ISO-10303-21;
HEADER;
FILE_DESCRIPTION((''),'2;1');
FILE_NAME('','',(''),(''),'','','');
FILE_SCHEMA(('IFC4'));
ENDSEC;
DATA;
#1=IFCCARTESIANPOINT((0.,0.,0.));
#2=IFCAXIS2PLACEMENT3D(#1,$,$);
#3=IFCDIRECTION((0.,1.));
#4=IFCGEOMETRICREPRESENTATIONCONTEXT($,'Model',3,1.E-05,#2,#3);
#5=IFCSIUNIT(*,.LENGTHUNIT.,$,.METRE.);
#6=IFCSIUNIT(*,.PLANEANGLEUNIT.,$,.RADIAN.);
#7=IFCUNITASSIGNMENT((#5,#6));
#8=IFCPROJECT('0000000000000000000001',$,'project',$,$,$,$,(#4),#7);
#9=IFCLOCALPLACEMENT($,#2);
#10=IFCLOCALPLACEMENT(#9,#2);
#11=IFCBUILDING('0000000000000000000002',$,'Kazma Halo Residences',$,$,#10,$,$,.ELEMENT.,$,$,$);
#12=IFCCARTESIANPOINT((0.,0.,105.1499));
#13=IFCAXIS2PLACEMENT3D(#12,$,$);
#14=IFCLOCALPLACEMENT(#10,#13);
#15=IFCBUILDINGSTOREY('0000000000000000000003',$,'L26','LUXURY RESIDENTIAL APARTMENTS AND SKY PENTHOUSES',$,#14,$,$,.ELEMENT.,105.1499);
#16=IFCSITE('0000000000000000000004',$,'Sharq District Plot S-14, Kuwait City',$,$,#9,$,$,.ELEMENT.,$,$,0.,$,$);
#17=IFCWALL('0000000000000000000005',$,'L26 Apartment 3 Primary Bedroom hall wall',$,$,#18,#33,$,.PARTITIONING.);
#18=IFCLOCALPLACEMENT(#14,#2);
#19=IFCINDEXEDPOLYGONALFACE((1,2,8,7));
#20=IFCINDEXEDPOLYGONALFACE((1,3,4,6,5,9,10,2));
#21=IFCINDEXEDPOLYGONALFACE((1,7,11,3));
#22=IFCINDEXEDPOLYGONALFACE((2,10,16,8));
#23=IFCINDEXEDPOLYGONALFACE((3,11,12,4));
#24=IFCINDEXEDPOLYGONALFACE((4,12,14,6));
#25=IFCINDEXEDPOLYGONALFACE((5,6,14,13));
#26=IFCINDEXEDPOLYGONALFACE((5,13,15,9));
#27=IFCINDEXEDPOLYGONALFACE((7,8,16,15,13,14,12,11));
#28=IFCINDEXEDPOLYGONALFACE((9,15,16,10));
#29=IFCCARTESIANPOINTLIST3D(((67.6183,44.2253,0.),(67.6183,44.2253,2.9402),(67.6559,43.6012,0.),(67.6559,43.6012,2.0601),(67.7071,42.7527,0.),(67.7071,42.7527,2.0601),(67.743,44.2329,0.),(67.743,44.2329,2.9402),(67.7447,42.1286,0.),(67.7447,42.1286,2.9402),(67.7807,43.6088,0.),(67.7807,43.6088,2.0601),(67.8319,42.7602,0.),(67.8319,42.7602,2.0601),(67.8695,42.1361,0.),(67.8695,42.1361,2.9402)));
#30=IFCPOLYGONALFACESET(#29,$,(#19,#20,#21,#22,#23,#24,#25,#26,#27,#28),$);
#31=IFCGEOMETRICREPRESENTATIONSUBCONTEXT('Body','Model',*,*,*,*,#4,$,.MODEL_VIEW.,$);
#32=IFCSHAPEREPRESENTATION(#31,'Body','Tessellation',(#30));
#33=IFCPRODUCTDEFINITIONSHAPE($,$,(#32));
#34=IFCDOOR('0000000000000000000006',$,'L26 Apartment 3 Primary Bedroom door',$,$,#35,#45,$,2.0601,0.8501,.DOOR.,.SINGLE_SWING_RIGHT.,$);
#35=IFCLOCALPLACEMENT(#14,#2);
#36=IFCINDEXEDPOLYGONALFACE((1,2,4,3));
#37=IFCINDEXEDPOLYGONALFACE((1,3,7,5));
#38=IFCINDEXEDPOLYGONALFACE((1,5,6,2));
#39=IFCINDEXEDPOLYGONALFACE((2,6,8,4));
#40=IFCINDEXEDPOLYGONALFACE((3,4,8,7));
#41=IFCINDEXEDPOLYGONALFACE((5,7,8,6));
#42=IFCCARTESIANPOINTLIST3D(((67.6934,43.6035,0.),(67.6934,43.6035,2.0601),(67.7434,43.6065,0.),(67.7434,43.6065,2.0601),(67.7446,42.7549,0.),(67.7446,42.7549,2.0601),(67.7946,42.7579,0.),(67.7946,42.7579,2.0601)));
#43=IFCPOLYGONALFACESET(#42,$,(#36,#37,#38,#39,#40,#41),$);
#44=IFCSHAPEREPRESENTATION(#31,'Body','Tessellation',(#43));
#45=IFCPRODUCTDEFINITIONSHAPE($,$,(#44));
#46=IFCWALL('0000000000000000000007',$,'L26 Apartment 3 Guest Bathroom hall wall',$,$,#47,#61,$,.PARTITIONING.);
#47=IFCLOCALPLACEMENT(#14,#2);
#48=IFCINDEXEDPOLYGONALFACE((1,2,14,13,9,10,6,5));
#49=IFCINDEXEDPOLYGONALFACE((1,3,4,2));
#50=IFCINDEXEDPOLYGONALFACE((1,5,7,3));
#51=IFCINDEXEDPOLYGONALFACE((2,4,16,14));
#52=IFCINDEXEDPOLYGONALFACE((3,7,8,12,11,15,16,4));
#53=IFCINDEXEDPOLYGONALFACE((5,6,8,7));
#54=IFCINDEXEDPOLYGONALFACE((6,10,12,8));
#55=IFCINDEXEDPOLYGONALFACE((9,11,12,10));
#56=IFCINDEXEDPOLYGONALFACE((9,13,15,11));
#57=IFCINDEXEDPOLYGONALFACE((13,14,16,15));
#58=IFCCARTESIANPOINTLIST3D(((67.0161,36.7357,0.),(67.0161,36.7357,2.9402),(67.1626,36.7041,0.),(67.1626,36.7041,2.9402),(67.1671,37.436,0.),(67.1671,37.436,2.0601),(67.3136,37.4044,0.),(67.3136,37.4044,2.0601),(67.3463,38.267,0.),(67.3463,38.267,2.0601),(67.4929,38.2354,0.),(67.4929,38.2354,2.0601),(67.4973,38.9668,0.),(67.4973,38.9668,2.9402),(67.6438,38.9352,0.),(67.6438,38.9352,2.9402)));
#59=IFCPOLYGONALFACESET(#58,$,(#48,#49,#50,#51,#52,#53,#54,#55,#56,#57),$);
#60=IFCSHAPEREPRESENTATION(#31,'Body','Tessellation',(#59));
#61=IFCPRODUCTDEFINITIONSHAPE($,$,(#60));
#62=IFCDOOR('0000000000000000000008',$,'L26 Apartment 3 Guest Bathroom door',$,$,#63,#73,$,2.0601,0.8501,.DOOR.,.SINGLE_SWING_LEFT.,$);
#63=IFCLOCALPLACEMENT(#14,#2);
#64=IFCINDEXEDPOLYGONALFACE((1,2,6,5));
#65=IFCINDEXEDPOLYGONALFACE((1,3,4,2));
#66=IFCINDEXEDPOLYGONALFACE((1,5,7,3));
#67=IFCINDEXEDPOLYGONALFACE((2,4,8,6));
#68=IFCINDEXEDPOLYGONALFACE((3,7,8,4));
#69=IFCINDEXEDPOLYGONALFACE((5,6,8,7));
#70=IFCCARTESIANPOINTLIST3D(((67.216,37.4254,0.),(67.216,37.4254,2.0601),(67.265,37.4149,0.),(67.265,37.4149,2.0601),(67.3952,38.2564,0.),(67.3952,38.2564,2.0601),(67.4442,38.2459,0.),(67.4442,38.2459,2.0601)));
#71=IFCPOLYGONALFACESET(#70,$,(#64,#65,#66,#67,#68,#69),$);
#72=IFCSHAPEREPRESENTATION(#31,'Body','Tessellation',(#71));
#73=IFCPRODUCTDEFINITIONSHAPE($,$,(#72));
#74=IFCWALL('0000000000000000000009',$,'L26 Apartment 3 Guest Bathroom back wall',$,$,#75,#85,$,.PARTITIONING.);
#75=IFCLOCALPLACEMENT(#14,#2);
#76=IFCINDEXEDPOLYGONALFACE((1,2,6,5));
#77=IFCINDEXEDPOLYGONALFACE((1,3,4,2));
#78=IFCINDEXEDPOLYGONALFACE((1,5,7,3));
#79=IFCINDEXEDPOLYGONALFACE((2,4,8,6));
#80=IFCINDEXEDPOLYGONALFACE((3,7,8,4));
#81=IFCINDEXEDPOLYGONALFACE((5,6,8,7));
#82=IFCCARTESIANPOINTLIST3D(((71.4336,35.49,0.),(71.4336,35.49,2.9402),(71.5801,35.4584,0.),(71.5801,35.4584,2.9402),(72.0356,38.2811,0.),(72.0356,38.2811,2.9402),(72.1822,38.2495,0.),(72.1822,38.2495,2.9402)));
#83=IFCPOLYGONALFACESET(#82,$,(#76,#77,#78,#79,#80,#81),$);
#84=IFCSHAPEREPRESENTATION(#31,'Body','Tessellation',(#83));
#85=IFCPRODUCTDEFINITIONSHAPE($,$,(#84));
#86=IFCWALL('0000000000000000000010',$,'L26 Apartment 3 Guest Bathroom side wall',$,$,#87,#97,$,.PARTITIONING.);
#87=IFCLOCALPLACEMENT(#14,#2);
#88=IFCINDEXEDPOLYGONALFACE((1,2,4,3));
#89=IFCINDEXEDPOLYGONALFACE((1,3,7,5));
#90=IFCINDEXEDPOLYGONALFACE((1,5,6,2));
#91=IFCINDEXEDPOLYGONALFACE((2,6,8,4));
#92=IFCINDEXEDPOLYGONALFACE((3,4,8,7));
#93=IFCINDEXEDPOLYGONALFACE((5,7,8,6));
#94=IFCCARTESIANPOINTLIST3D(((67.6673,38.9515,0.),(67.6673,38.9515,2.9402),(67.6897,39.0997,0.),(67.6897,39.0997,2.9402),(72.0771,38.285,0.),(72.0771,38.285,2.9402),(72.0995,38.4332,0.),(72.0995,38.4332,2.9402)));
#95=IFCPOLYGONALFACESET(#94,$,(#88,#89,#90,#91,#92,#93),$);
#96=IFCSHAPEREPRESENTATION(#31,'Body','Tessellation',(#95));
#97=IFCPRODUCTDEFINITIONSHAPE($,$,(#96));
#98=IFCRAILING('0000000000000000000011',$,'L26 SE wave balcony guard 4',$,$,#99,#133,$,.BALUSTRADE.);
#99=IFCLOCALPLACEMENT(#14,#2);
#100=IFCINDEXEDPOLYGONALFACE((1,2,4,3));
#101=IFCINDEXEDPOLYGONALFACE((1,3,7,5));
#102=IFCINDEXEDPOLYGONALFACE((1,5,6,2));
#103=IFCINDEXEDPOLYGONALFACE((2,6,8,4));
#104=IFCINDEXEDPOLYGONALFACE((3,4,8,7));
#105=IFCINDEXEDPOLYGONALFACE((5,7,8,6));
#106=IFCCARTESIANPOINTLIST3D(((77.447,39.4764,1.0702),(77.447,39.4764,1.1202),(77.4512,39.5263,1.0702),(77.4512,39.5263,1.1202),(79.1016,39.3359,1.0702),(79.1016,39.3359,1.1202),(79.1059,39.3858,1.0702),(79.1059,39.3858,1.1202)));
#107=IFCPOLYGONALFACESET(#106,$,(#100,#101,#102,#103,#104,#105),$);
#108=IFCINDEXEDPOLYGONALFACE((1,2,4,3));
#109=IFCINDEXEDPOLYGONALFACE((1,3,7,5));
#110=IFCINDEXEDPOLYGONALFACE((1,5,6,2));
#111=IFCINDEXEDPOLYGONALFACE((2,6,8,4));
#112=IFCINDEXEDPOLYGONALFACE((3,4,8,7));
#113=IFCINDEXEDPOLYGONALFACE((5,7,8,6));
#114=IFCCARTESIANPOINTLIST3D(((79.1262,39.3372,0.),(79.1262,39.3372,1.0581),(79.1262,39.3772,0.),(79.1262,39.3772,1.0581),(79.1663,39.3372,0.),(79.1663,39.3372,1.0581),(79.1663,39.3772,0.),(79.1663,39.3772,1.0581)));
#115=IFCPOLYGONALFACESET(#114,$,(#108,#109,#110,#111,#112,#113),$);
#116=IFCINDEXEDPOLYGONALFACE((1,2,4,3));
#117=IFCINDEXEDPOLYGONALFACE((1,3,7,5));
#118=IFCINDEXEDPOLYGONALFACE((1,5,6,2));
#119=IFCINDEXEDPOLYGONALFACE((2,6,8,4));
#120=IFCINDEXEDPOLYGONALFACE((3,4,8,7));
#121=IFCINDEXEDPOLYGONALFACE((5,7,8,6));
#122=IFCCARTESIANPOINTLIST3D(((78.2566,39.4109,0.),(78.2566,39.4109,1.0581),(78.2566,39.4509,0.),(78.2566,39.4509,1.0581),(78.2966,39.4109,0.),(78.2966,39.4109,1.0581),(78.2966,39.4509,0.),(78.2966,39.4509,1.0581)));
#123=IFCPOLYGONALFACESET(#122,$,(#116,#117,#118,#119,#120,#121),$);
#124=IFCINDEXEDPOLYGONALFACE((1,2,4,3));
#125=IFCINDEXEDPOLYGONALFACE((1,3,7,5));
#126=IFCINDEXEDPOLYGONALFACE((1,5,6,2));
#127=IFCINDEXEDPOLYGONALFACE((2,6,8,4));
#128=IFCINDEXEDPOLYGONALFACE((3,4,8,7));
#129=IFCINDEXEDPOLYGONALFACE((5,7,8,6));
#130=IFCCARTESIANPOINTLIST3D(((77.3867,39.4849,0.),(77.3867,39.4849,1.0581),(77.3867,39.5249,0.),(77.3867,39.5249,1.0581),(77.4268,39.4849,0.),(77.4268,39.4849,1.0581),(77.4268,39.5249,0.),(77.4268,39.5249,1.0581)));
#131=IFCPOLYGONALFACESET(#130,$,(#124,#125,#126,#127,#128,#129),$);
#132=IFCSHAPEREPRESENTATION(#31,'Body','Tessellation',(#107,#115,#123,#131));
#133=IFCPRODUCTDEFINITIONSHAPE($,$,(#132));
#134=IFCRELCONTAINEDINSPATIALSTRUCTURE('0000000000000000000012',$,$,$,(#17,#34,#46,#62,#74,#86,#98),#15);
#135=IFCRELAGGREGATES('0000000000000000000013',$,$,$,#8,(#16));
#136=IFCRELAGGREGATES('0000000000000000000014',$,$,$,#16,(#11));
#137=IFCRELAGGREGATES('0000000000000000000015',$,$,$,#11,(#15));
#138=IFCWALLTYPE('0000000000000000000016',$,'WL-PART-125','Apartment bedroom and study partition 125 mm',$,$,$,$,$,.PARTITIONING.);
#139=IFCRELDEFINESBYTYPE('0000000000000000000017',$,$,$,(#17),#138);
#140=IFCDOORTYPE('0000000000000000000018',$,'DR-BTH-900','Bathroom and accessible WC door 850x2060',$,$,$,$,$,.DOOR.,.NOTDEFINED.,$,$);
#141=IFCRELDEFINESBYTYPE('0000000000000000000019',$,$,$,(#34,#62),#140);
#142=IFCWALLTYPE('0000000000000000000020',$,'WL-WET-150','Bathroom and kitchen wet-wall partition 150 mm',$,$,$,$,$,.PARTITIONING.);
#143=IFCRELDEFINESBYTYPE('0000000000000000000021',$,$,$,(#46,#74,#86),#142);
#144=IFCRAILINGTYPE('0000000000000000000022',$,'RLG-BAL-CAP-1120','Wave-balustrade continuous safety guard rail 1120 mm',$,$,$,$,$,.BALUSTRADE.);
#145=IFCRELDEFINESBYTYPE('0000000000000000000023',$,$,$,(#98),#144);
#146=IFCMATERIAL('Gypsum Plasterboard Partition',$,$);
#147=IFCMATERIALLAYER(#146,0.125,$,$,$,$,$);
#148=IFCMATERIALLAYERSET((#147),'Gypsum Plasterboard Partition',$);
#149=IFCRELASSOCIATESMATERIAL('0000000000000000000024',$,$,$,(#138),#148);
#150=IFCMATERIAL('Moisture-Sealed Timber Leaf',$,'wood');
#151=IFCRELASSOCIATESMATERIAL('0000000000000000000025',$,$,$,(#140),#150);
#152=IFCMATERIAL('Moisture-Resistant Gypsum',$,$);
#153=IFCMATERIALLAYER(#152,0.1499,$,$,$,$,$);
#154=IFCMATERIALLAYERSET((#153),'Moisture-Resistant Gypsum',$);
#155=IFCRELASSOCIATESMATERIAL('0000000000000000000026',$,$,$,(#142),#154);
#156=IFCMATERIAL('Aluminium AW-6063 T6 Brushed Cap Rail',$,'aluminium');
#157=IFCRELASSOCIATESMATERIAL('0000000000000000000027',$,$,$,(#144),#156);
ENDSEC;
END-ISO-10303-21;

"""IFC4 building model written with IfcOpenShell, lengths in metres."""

from ifc_helpers import new_model, si_unit, direction, frame, frame_2d, origin, origin_2d, place, context, subcontext, project, spatial, rectangle, extrude, material, layer, layer_set, type_object, element, fill, save


model = new_model("IFC4")

# Units and contexts
model_context = context("Model", 3, precision=1e-05, world=origin(), true_north=direction((0.0, 1.0)))
body_context = subcontext(model_context, "Body", "Model", "MODEL_VIEW")
ifc_project = project(units=[si_unit("LENGTHUNIT", "METRE"), si_unit("PLANEANGLEUNIT", "RADIAN")], contexts=[model_context])

# Site, building, storey
site_placement = place(None, origin())
site = spatial("IfcSite", under=ifc_project, at=site_placement, Name="Sharq District Plot S-14, Kuwait City", CompositionType="ELEMENT", RefElevation=0.0)
building_placement = place(site_placement, origin())
building = spatial("IfcBuilding", under=site, at=building_placement, Name="Kazma Halo Residences", CompositionType="ELEMENT")
storey_placement = place(building_placement, frame((0.0, 0.0, 105.1499)))
storey = spatial("IfcBuildingStorey", under=building, at=storey_placement, Name="L26", Description="LUXURY RESIDENTIAL APARTMENTS AND SKY PENTHOUSES", CompositionType="ELEMENT", Elevation=105.1499)

# Shared definitions
ifc_material_1 = material(Name="Gypsum Plasterboard Partition")
ifc_layer_1 = layer(ifc_material_1, 0.125)
ifc_layer_set_1 = layer_set([ifc_layer_1], Name="Gypsum Plasterboard Partition")
wall_type_1 = type_object("IfcWallType", Name="WL-PART-125", Description="Apartment bedroom and study partition 125 mm", PredefinedType="PARTITIONING", material=ifc_layer_set_1)

# Shared definitions
ifc_material_2 = material(Name="Moisture-Sealed Timber Leaf", Category="wood")
door_type = type_object("IfcDoorType", Name="DR-BTH-900", Description="Bathroom and accessible WC door 850x2060", OperationType="NOTDEFINED", PredefinedType="DOOR", material=ifc_material_2)

# Walls, openings, doors
wall_1_placement = place(storey_placement, frame((67.8071, 42.1323, 0.0), z_axis=(0.0, 0.0, 1.0), x_axis=(-0.060207, 0.998186, 0.0)))
wall_1 = element("IfcWall", 1, at=wall_1_placement, inside=storey, type_object=wall_type_1, Name="L26 Apartment 3 Primary Bedroom hall wall", PredefinedType="PARTITIONING", context=body_context, shape_type="SweptSolid", body=[
    extrude(rectangle(XDim=2.1006, YDim=0.125, at=frame_2d((1.0503, 0.0))), origin(), (0.0, 0.0, 1.0), 2.9402),
])
opening_1_placement = place(wall_1_placement, frame((0.6252, 0.0, 0.0)))
opening_1 = element("IfcOpeningElement", 2, at=opening_1_placement, cuts=wall_1, PredefinedType="OPENING", context=body_context, shape_type="SweptSolid", body=[
    extrude(rectangle(XDim=0.8501, YDim=2.0601, at=frame_2d((0.425, 1.03))), frame((0.0, 0.0725, 0.0), z_axis=(0.0, -1.0, 0.0), x_axis=(1.0, 0.0, 0.0)), (0.0, 0.0, 1.0), 0.145),
])
door_1_placement = place(opening_1_placement, origin())
door_1 = element("IfcDoor", 3, at=door_1_placement, inside=storey, type_object=door_type, Name="L26 Apartment 3 Primary Bedroom door", OperationType="SINGLE_SWING_RIGHT", OverallHeight=2.0601, OverallWidth=0.8501, PredefinedType="DOOR", context=body_context, shape_type="SweptSolid", body=[
    extrude(rectangle(XDim=0.8501, YDim=2.0601, at=frame_2d((0.425, 1.03))), frame((0.0, 0.0249, 0.0), z_axis=(0.0, -1.0, 0.0), x_axis=(1.0, 0.0, 0.0)), (0.0, 0.0, 1.0), 0.05),
])
fill(opening_1, door_1)
ifc_material_3 = material(Name="Moisture-Resistant Gypsum")
ifc_layer_2 = layer(ifc_material_3, 0.1499)
ifc_layer_set_2 = layer_set([ifc_layer_2], Name="Moisture-Resistant Gypsum")
wall_type_2 = type_object("IfcWallType", Name="WL-WET-150", Description="Bathroom and kitchen wet-wall partition 150 mm", PredefinedType="PARTITIONING", material=ifc_layer_set_2)
wall_2_placement = place(storey_placement, frame((67.0894, 36.72, 0.0), z_axis=(0.0, 0.0, 1.0), x_axis=(0.210822, 0.977525, 0.0)))
wall_2 = element("IfcWall", 4, at=wall_2_placement, inside=storey, type_object=wall_type_2, Name="L26 Apartment 3 Guest Bathroom hall wall", PredefinedType="PARTITIONING", context=body_context, shape_type="SweptSolid", body=[
    extrude(rectangle(XDim=2.2825, YDim=0.1499, at=frame_2d((1.1411, 0.0))), origin(), (0.0, 0.0, 1.0), 2.9402),
])
opening_2_placement = place(wall_2_placement, frame((0.7163, 0.0, 0.0)))
opening_2 = element("IfcOpeningElement", 5, at=opening_2_placement, cuts=wall_2, PredefinedType="OPENING", context=body_context, shape_type="SweptSolid", body=[
    extrude(rectangle(XDim=0.8501, YDim=2.0601, at=frame_2d((0.425, 1.03))), frame((0.0, 0.085, 0.0), z_axis=(0.0, -1.0, 0.0), x_axis=(1.0, 0.0, 0.0)), (0.0, 0.0, 1.0), 0.1699),
])
door_2_placement = place(opening_2_placement, origin())
door_2 = element("IfcDoor", 6, at=door_2_placement, inside=storey, type_object=door_type, Name="L26 Apartment 3 Guest Bathroom door", OperationType="SINGLE_SWING_LEFT", OverallHeight=2.0601, OverallWidth=0.8501, PredefinedType="DOOR", context=body_context, shape_type="SweptSolid", body=[
    extrude(rectangle(XDim=0.8501, YDim=2.0601, at=frame_2d((0.425, 1.03))), frame((0.0, 0.0249, 0.0), z_axis=(0.0, -1.0, 0.0), x_axis=(1.0, 0.0, 0.0)), (0.0, 0.0, 1.0), 0.05),
])
fill(opening_2, door_2)

# Walls
wall_3_placement = place(storey_placement, frame((71.5068, 35.4741, 0.0), z_axis=(0.0, 0.0, 1.0), x_axis=(0.21086, 0.977516, 0.0)))
element("IfcWall", 7, at=wall_3_placement, inside=storey, type_object=wall_type_2, Name="L26 Apartment 3 Guest Bathroom back wall", PredefinedType="PARTITIONING", context=body_context, shape_type="SweptSolid", body=[
    extrude(rectangle(XDim=2.8552, YDim=0.1499, at=frame_2d((1.4277, 0.0))), origin(), (0.0, 0.0, 1.0), 2.9402),
])
wall_4_placement = place(storey_placement, frame((67.6785, 39.0256, 0.0), z_axis=(0.0, 0.0, 1.0), x_axis=(0.988771, -0.149441, 0.0)))
element("IfcWall", 8, at=wall_4_placement, inside=storey, type_object=wall_type_2, Name="L26 Apartment 3 Guest Bathroom side wall", PredefinedType="PARTITIONING", context=body_context, shape_type="SweptSolid", body=[
    extrude(rectangle(XDim=4.46, YDim=0.1499, at=frame_2d((2.23, 0.0))), origin(), (0.0, 0.0, 1.0), 2.9402),
])

# Railing
ifc_material_4 = material(Name="Aluminium AW-6063 T6 Brushed Cap Rail", Category="aluminium")
railing_type = type_object("IfcRailingType", Name="RLG-BAL-CAP-1120", Description="Wave-balustrade continuous safety guard rail 1120 mm", PredefinedType="BALUSTRADE", material=ifc_material_4)
railing_placement = place(storey_placement, frame((79.1462, 39.3572, 0.0)))
element("IfcRailing", 9, at=railing_placement, inside=storey, type_object=railing_type, Name="L26 SE wave balcony guard 4", PredefinedType="BALUSTRADE", context=body_context, shape_type="SweptSolid", body=[
    extrude(rectangle(XDim=0.05, YDim=0.05, at=origin_2d()), frame((-0.0425, 0.0037, 1.0952), z_axis=(-0.996414, 0.084608, 0.0), x_axis=(-0.084608, -0.996414, 0.0)), (0.0, 0.0, 1.0), 1.6606),
    extrude(rectangle(XDim=0.04, YDim=0.04, at=origin_2d()), origin(), (0.0, 0.0, 1.0), 1.0581),
    extrude(rectangle(XDim=0.04, YDim=0.04, at=origin_2d()), frame((-0.8696, 0.0737, 0.0)), (0.0, 0.0, 1.0), 1.0581),
    extrude(rectangle(XDim=0.04, YDim=0.04, at=origin_2d()), frame((-1.7395, 0.1477, 0.0)), (0.0, 0.0, 1.0), 1.0581),
])

save(model, "model.ifc")
